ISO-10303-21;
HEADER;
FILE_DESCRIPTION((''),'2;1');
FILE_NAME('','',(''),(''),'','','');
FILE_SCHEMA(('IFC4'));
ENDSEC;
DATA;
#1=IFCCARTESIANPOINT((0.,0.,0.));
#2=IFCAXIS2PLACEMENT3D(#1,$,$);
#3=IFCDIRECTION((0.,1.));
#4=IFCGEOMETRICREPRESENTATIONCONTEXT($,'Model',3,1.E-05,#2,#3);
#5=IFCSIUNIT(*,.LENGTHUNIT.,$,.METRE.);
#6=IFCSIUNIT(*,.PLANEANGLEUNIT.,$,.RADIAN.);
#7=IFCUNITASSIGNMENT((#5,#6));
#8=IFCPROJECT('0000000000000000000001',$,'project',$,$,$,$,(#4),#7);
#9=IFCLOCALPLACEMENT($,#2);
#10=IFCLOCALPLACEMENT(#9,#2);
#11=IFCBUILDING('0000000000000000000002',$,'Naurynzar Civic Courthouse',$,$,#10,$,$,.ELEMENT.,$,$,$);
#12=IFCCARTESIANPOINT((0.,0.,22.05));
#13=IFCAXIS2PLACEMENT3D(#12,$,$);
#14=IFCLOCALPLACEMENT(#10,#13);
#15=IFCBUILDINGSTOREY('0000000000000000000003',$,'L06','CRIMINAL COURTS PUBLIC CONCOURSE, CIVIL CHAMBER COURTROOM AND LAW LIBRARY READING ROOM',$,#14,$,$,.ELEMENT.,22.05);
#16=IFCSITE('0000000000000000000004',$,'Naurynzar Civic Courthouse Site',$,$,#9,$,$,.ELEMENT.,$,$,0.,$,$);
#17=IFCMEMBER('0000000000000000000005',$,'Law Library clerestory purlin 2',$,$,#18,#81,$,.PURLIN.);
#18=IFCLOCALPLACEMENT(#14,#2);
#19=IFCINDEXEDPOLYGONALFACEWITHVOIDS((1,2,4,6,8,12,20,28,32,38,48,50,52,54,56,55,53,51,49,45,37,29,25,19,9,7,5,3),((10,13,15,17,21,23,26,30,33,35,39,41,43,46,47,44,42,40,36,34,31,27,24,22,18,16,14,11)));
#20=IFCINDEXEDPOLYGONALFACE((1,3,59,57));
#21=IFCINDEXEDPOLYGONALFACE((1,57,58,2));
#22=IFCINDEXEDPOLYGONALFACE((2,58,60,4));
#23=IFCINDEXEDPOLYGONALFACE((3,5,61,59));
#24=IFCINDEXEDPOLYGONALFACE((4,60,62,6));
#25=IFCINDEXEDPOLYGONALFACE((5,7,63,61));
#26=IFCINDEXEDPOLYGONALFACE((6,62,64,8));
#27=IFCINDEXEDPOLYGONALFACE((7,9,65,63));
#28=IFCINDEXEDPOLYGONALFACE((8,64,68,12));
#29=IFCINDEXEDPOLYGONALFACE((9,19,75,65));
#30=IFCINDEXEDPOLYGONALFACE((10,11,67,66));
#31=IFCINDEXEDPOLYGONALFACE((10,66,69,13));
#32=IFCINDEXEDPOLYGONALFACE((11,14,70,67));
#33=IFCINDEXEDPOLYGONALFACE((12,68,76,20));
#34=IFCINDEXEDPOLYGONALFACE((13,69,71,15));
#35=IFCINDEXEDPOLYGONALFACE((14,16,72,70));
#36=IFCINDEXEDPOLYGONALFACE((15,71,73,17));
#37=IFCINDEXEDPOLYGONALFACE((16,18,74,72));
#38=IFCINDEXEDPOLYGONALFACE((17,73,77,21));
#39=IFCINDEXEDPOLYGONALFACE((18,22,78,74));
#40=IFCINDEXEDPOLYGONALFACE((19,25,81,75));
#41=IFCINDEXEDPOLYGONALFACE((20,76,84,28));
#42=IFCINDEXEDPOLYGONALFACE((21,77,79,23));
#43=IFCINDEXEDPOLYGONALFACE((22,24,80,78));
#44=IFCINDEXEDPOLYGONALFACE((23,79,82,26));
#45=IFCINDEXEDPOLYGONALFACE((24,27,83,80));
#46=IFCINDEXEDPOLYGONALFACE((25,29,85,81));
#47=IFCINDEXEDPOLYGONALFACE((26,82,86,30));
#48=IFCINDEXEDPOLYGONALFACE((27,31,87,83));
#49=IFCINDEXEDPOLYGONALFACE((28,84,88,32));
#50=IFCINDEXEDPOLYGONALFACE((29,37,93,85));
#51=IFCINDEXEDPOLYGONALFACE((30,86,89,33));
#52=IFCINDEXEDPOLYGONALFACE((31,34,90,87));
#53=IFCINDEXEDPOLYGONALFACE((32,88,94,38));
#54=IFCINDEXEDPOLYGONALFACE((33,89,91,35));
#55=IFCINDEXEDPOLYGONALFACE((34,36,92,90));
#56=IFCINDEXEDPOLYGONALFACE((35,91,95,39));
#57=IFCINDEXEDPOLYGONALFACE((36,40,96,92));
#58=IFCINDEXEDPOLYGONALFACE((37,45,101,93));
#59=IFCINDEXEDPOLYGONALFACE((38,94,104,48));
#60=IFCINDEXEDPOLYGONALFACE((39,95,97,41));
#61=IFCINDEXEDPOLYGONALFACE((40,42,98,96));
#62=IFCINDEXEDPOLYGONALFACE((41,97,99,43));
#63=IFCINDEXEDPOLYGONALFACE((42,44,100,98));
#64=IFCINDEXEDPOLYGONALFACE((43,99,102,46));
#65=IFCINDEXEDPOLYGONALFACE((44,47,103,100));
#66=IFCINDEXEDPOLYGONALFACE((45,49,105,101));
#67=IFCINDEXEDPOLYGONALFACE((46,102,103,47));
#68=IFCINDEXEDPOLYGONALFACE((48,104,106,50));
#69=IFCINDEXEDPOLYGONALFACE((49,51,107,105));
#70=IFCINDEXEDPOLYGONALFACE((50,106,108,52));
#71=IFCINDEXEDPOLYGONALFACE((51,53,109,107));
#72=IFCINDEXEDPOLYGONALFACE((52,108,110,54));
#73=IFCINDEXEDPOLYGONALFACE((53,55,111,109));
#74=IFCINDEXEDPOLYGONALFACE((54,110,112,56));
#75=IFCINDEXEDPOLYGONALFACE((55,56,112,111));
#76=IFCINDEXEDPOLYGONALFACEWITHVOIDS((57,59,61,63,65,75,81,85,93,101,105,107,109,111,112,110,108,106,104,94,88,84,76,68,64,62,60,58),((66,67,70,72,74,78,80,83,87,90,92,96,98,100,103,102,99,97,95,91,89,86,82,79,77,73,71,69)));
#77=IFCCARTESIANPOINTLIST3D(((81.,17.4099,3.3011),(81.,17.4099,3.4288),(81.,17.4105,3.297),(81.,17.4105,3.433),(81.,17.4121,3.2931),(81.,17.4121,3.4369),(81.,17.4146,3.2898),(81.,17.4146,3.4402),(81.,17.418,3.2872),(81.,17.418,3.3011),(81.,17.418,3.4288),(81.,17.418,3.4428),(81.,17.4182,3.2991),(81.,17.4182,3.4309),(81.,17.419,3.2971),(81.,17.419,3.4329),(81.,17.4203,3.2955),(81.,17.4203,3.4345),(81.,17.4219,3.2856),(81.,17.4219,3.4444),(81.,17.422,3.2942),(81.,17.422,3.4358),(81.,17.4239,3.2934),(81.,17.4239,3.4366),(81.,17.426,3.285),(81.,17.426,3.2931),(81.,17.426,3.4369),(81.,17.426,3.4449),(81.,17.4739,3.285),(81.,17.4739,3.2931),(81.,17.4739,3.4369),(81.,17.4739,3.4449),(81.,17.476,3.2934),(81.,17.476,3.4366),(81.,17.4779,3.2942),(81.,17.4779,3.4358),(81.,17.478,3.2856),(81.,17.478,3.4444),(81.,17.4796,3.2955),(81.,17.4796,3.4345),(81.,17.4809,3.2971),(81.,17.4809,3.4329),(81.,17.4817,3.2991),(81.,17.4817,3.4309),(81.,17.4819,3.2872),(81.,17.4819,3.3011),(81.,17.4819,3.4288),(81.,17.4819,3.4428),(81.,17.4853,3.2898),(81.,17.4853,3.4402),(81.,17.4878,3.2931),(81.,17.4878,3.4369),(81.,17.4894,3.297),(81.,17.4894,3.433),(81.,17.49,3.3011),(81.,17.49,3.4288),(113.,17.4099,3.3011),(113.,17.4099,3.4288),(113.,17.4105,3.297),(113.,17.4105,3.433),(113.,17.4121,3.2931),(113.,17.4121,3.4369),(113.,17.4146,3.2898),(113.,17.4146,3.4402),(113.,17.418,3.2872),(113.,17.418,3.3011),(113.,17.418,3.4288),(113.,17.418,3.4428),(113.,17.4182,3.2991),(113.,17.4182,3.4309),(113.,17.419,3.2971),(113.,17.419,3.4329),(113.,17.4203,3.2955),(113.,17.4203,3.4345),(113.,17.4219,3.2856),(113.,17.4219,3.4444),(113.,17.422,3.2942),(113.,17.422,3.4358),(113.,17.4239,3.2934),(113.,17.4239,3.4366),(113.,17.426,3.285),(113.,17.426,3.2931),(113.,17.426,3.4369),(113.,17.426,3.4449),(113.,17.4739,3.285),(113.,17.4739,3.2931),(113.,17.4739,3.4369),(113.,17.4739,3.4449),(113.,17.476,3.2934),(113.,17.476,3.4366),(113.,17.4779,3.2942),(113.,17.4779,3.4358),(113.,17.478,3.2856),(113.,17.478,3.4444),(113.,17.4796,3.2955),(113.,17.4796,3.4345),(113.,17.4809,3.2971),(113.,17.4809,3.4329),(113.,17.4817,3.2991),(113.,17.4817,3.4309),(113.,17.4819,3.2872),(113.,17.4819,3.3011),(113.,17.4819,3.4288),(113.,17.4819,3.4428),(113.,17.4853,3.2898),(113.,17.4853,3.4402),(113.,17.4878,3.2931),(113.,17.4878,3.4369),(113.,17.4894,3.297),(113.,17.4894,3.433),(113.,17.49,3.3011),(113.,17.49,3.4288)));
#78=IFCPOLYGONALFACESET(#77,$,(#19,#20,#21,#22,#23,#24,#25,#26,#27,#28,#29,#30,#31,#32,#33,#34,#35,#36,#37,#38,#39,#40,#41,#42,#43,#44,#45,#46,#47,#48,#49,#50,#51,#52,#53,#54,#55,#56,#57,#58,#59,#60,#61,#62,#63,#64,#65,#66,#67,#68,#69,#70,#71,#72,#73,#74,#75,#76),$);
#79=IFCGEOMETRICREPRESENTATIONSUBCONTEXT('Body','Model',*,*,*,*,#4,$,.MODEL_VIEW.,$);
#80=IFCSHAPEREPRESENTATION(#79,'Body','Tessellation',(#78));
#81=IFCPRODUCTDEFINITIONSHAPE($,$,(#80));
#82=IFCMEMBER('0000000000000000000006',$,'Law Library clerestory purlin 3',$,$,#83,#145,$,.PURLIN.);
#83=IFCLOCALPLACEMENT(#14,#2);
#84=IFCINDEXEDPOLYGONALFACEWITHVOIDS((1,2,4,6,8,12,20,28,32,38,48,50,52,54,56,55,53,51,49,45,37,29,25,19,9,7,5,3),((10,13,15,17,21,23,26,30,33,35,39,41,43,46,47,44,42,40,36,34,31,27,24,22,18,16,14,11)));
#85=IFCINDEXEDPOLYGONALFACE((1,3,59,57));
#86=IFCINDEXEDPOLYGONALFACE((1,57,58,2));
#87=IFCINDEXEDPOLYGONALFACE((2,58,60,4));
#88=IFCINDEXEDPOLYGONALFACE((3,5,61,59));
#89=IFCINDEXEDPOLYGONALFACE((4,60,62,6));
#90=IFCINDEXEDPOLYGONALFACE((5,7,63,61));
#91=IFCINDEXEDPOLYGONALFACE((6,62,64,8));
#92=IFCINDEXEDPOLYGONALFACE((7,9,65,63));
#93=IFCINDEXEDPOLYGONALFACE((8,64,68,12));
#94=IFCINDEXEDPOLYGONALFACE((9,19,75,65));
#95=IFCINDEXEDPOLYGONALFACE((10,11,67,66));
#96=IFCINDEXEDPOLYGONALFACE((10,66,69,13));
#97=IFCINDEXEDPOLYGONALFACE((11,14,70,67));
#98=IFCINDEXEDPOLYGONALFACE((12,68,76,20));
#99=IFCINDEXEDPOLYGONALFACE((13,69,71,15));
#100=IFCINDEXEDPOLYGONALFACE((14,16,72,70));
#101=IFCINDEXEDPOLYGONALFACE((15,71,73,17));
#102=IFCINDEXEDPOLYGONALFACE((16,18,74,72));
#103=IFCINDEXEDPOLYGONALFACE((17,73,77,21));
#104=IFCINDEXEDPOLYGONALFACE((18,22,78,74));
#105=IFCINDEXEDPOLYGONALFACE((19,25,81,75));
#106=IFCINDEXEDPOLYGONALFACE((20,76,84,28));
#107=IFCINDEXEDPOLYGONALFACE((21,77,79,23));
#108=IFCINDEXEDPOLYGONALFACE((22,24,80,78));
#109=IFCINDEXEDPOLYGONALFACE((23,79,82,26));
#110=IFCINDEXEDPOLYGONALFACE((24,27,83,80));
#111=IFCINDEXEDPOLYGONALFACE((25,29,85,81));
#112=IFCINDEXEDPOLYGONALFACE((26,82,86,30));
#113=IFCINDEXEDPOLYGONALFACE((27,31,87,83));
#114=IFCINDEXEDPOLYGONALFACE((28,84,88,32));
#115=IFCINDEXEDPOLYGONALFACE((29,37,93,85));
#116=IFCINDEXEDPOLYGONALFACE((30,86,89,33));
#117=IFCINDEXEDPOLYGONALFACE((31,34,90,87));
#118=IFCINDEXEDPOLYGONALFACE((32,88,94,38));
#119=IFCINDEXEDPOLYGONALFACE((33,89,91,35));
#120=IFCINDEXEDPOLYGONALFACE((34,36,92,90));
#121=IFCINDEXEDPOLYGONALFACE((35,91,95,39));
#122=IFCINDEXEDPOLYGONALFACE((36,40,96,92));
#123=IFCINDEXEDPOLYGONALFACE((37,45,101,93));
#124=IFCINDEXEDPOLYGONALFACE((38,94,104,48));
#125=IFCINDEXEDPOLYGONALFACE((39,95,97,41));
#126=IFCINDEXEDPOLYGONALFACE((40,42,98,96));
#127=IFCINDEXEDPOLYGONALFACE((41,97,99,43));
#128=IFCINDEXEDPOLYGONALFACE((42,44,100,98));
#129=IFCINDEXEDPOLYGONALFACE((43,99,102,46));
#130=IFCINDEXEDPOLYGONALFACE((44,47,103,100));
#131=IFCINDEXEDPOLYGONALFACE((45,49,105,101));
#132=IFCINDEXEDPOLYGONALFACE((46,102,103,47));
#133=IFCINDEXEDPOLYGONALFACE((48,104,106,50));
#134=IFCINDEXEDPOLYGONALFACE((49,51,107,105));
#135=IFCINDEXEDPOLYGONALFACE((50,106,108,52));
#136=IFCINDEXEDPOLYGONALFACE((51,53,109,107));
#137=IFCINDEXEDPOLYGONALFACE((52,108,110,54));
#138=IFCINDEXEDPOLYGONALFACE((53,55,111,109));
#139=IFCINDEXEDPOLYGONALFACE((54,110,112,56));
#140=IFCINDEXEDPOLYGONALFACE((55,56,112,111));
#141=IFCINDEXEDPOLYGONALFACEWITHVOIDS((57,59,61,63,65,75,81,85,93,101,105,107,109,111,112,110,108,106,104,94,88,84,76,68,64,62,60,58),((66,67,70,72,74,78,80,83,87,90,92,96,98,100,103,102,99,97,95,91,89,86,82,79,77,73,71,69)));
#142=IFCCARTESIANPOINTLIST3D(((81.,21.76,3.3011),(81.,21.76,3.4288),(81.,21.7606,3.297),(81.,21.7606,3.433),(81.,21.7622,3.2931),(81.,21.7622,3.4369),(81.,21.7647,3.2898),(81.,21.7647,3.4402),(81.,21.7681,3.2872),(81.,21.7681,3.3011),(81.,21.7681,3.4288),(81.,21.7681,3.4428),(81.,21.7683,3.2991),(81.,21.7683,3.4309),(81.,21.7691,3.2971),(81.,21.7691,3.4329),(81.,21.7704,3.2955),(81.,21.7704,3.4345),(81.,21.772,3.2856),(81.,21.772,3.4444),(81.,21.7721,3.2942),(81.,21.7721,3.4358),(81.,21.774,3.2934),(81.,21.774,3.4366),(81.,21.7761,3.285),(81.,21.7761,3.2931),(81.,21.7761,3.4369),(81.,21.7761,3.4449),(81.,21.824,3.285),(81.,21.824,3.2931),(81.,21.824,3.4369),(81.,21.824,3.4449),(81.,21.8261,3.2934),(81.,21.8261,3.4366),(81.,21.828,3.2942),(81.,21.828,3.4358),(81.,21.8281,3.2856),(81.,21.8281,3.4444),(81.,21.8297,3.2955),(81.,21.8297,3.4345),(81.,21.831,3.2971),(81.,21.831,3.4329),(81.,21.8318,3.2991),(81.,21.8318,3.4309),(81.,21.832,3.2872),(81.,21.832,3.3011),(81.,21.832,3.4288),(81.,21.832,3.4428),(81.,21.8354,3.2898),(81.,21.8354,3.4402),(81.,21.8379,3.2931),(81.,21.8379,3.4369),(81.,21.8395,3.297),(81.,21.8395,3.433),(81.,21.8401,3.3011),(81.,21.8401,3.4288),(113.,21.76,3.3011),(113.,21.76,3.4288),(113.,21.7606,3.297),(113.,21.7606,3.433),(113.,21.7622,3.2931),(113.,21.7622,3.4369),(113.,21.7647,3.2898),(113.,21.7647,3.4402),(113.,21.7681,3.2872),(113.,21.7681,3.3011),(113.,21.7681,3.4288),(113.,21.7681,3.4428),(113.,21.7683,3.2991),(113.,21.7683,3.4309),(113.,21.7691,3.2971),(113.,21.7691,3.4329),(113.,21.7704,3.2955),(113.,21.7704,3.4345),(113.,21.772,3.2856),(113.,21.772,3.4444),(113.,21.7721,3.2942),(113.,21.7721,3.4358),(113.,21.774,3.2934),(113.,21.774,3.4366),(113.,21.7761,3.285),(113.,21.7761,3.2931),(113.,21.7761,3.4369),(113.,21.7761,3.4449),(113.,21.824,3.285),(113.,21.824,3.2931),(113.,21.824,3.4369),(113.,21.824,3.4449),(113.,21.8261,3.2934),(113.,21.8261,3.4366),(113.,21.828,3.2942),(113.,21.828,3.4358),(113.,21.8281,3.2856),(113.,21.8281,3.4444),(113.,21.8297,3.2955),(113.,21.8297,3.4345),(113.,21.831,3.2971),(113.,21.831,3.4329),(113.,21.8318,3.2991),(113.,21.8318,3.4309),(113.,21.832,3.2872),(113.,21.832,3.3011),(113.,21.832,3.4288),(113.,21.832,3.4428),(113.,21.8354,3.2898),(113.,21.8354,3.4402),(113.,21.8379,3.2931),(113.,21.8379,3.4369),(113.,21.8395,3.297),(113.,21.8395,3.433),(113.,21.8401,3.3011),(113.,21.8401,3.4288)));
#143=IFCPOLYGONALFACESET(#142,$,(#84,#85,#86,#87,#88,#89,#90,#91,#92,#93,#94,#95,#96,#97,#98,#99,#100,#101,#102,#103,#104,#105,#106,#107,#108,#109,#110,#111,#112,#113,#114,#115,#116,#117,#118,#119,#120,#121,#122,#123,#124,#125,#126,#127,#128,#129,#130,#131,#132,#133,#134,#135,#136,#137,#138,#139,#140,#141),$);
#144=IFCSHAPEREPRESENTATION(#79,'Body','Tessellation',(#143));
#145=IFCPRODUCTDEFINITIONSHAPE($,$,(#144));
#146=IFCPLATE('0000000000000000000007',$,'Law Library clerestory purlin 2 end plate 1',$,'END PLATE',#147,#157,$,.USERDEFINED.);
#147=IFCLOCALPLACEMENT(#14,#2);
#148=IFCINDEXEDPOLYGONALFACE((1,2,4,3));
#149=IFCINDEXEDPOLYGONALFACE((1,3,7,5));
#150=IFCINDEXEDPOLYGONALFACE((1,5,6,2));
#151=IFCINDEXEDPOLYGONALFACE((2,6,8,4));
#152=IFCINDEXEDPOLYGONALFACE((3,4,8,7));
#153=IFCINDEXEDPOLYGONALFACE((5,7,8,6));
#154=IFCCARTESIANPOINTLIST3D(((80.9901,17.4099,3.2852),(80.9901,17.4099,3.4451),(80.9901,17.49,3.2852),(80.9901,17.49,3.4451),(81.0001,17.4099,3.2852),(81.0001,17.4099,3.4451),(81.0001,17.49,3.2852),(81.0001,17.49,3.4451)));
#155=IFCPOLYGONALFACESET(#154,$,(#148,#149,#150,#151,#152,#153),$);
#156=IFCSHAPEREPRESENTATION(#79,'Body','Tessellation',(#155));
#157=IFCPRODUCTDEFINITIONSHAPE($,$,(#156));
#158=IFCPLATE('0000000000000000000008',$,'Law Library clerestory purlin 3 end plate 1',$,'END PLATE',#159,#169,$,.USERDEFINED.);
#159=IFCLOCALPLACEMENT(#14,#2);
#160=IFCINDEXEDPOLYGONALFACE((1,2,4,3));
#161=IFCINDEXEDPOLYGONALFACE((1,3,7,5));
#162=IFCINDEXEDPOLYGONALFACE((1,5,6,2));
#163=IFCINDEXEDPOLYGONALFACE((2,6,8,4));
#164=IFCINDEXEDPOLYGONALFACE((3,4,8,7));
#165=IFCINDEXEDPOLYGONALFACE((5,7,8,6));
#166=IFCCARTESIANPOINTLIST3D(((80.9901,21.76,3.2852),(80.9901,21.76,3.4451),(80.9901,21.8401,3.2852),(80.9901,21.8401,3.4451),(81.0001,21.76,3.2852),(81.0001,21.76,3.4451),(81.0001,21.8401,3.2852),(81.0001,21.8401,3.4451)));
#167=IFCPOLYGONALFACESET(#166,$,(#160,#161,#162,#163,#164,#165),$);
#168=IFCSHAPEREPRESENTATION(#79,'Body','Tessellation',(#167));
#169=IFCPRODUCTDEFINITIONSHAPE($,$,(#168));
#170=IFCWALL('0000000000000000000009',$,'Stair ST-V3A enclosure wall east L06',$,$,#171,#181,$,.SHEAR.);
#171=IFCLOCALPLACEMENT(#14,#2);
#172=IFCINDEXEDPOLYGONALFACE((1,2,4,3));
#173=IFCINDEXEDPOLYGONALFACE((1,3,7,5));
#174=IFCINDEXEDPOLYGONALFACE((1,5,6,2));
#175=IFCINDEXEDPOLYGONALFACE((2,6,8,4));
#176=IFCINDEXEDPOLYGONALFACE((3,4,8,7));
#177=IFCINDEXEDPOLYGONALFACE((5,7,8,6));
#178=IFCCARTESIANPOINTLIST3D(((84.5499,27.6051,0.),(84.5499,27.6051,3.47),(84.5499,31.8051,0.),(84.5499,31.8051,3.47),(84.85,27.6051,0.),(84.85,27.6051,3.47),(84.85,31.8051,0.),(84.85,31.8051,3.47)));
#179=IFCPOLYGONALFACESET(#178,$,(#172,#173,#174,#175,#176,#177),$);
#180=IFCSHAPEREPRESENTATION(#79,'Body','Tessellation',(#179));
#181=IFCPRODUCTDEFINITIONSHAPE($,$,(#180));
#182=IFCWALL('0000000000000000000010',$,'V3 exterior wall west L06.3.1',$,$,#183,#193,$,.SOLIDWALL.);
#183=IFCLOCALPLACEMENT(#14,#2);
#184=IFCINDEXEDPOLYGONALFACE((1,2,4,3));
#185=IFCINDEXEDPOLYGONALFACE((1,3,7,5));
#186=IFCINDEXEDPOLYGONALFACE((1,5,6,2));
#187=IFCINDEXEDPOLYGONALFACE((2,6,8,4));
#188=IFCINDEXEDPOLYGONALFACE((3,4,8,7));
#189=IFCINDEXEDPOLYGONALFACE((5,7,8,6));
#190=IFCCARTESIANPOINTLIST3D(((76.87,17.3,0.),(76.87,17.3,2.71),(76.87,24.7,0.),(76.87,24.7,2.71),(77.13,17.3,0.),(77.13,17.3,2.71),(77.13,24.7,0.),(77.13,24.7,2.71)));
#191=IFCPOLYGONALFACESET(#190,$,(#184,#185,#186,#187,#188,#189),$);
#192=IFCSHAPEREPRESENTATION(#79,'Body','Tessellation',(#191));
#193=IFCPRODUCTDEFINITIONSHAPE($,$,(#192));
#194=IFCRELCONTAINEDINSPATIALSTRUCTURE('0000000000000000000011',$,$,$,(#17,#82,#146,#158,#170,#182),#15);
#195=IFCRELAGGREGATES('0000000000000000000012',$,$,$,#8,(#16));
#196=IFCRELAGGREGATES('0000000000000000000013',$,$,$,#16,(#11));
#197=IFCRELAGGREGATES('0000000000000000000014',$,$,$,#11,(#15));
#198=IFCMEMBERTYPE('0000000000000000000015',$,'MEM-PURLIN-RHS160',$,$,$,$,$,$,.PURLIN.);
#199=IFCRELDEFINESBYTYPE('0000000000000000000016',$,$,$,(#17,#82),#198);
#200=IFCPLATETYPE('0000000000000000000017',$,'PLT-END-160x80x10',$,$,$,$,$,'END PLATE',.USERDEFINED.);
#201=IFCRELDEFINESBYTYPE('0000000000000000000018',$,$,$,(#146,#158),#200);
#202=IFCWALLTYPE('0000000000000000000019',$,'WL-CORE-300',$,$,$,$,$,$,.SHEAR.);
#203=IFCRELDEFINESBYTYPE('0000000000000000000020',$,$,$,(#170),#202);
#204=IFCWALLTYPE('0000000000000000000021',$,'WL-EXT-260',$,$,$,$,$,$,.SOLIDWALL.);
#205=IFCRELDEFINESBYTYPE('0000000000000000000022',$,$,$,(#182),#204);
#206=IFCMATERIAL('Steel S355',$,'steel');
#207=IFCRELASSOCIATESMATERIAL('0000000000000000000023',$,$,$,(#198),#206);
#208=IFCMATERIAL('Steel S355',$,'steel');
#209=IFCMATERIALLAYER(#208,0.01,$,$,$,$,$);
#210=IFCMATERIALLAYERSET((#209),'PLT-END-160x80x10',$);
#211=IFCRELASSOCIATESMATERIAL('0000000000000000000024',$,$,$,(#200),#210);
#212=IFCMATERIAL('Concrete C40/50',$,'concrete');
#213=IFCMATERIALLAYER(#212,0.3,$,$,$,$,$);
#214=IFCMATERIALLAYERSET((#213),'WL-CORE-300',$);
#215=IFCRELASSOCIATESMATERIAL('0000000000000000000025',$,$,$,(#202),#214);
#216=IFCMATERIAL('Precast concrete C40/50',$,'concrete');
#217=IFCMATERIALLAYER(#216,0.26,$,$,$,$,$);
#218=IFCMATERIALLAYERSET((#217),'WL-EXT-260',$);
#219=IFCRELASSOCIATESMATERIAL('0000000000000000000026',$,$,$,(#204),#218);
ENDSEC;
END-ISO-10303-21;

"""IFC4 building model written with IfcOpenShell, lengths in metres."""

from ifc_helpers import new_model, si_unit, direction, frame, frame_2d, origin, origin_2d, place, context, subcontext, project, spatial, rectangle, hollow_rectangle, extrude, material, layer, layer_set, material_profile, profile_set, type_object, element, save


model = new_model("IFC4")

# Units and contexts
model_context = context("Model", 3, precision=1e-05, world=origin(), true_north=direction((0.0, 1.0)))
body_context = subcontext(model_context, "Body", "Model", "MODEL_VIEW")
ifc_project = project(units=[si_unit("LENGTHUNIT", "METRE"), si_unit("PLANEANGLEUNIT", "RADIAN")], contexts=[model_context])

# Site, building, storey
site_placement = place(None, origin())
site = spatial("IfcSite", under=ifc_project, at=site_placement, Name="Naurynzar Civic Courthouse Site", CompositionType="ELEMENT", RefElevation=0.0)
building_placement = place(site_placement, origin())
building = spatial("IfcBuilding", under=site, at=building_placement, Name="Naurynzar Civic Courthouse", CompositionType="ELEMENT")
storey_placement = place(building_placement, frame((0.0, 0.0, 22.05)))
storey = spatial("IfcBuildingStorey", under=building, at=storey_placement, Name="L06", Description="CRIMINAL COURTS PUBLIC CONCOURSE, CIVIL CHAMBER COURTROOM AND LAW LIBRARY READING ROOM", CompositionType="ELEMENT", Elevation=22.05)

# Members
ifc_material_1 = material(Name="Steel S355", Category="steel")
ifc_material_profile_1 = material_profile(ifc_material_1, hollow_rectangle(XDim=0.0801, YDim=0.1599, WallThickness=0.0081, InnerFilletRadius=0.0081, OuterFilletRadius=0.0161, at=origin_2d()), Name="RHS 160x80x8")
ifc_profile_set_1 = profile_set([ifc_material_profile_1], Name="Steel S355")
member_type = type_object("IfcMemberType", Name="MEM-PURLIN-RHS160", PredefinedType="PURLIN", material=ifc_profile_set_1)
for number, where, z_axis, x_axis, name in (
    (1, (81.0, 17.45, 3.365), (1.0, 0.0, 0.0), (0.0, 1.0, 0.0), "Law Library clerestory purlin 2"),
    (2, (81.0, 21.8, 3.365), (1.0, 0.0, 0.0), (0.0, 1.0, 0.0), "Law Library clerestory purlin 3"),
):
    element("IfcMember", number, at=place(storey_placement, frame(where, z_axis=z_axis, x_axis=x_axis)), inside=storey, type_object=member_type, Name=name, PredefinedType="PURLIN", context=body_context, shape_type="SweptSolid", body=[
        extrude(hollow_rectangle(XDim=0.0801, YDim=0.1599, WallThickness=0.0081, InnerFilletRadius=0.0081, OuterFilletRadius=0.0161, at=origin_2d()), origin(), (0.0, 0.0, 1.0), 32.0),
    ])

# Plates
ifc_material_2 = material(Name="Steel S355", Category="steel")
ifc_layer_1 = layer(ifc_material_2, 0.01)
ifc_layer_set_1 = layer_set([ifc_layer_1], Name="PLT-END-160x80x10")
plate_type = type_object("IfcPlateType", Name="PLT-END-160x80x10", ElementType="END PLATE", PredefinedType="USERDEFINED", material=ifc_layer_set_1)
for number, where, z_axis, x_axis, name in (
    (3, (80.9951, 17.45, 3.2852), (0.0, 0.0, 1.0), (1.0, 0.0, 0.0), "Law Library clerestory purlin 2 end plate 1"),
    (4, (80.9951, 21.8, 3.2852), (0.0, 0.0, 1.0), (1.0, 0.0, 0.0), "Law Library clerestory purlin 3 end plate 1"),
):
    element("IfcPlate", number, at=place(storey_placement, frame(where, z_axis=z_axis, x_axis=x_axis)), inside=storey, type_object=plate_type, Name=name, ObjectType="END PLATE", PredefinedType="USERDEFINED", context=body_context, shape_type="SweptSolid", body=[
        extrude(rectangle(XDim=0.01, YDim=0.0801, at=origin_2d()), origin(), (0.0, 0.0, 1.0), 0.1599),
    ])

# Shared definitions
ifc_material_3 = material(Name="Concrete C40/50", Category="concrete")
ifc_layer_2 = layer(ifc_material_3, 0.3)
ifc_layer_set_2 = layer_set([ifc_layer_2], Name="WL-CORE-300")
wall_type_1 = type_object("IfcWallType", Name="WL-CORE-300", PredefinedType="SHEAR", material=ifc_layer_set_2)

# Walls
wall_1_placement = place(storey_placement, frame((84.7, 27.605, 0.0), z_axis=(0.0, 0.0, 1.0), x_axis=(0.0, 1.0, 0.0)))
element("IfcWall", 5, at=wall_1_placement, inside=storey, type_object=wall_type_1, Name="Stair ST-V3A enclosure wall east L06", PredefinedType="SHEAR", context=body_context, shape_type="SweptSolid", body=[
    extrude(rectangle(XDim=4.2, YDim=0.3, at=frame_2d((2.1001, 0.0))), origin(), (0.0, 0.0, 1.0), 3.47),
])
ifc_material_4 = material(Name="Precast concrete C40/50", Category="concrete")
ifc_layer_3 = layer(ifc_material_4, 0.26)
ifc_layer_set_3 = layer_set([ifc_layer_3], Name="WL-EXT-260")
wall_type_2 = type_object("IfcWallType", Name="WL-EXT-260", PredefinedType="SOLIDWALL", material=ifc_layer_set_3)
wall_2_placement = place(storey_placement, frame((77.0, 17.3, 0.0), z_axis=(0.0, 0.0, 1.0), x_axis=(0.0, 1.0, 0.0)))
element("IfcWall", 6, at=wall_2_placement, inside=storey, type_object=wall_type_2, Name="V3 exterior wall west L06.3.1", PredefinedType="SOLIDWALL", context=body_context, shape_type="SweptSolid", body=[
    extrude(rectangle(XDim=7.3999, YDim=0.26, at=frame_2d((3.7, 0.0))), origin(), (0.0, 0.0, 1.0), 2.71),
])

save(model, "model.ifc")
